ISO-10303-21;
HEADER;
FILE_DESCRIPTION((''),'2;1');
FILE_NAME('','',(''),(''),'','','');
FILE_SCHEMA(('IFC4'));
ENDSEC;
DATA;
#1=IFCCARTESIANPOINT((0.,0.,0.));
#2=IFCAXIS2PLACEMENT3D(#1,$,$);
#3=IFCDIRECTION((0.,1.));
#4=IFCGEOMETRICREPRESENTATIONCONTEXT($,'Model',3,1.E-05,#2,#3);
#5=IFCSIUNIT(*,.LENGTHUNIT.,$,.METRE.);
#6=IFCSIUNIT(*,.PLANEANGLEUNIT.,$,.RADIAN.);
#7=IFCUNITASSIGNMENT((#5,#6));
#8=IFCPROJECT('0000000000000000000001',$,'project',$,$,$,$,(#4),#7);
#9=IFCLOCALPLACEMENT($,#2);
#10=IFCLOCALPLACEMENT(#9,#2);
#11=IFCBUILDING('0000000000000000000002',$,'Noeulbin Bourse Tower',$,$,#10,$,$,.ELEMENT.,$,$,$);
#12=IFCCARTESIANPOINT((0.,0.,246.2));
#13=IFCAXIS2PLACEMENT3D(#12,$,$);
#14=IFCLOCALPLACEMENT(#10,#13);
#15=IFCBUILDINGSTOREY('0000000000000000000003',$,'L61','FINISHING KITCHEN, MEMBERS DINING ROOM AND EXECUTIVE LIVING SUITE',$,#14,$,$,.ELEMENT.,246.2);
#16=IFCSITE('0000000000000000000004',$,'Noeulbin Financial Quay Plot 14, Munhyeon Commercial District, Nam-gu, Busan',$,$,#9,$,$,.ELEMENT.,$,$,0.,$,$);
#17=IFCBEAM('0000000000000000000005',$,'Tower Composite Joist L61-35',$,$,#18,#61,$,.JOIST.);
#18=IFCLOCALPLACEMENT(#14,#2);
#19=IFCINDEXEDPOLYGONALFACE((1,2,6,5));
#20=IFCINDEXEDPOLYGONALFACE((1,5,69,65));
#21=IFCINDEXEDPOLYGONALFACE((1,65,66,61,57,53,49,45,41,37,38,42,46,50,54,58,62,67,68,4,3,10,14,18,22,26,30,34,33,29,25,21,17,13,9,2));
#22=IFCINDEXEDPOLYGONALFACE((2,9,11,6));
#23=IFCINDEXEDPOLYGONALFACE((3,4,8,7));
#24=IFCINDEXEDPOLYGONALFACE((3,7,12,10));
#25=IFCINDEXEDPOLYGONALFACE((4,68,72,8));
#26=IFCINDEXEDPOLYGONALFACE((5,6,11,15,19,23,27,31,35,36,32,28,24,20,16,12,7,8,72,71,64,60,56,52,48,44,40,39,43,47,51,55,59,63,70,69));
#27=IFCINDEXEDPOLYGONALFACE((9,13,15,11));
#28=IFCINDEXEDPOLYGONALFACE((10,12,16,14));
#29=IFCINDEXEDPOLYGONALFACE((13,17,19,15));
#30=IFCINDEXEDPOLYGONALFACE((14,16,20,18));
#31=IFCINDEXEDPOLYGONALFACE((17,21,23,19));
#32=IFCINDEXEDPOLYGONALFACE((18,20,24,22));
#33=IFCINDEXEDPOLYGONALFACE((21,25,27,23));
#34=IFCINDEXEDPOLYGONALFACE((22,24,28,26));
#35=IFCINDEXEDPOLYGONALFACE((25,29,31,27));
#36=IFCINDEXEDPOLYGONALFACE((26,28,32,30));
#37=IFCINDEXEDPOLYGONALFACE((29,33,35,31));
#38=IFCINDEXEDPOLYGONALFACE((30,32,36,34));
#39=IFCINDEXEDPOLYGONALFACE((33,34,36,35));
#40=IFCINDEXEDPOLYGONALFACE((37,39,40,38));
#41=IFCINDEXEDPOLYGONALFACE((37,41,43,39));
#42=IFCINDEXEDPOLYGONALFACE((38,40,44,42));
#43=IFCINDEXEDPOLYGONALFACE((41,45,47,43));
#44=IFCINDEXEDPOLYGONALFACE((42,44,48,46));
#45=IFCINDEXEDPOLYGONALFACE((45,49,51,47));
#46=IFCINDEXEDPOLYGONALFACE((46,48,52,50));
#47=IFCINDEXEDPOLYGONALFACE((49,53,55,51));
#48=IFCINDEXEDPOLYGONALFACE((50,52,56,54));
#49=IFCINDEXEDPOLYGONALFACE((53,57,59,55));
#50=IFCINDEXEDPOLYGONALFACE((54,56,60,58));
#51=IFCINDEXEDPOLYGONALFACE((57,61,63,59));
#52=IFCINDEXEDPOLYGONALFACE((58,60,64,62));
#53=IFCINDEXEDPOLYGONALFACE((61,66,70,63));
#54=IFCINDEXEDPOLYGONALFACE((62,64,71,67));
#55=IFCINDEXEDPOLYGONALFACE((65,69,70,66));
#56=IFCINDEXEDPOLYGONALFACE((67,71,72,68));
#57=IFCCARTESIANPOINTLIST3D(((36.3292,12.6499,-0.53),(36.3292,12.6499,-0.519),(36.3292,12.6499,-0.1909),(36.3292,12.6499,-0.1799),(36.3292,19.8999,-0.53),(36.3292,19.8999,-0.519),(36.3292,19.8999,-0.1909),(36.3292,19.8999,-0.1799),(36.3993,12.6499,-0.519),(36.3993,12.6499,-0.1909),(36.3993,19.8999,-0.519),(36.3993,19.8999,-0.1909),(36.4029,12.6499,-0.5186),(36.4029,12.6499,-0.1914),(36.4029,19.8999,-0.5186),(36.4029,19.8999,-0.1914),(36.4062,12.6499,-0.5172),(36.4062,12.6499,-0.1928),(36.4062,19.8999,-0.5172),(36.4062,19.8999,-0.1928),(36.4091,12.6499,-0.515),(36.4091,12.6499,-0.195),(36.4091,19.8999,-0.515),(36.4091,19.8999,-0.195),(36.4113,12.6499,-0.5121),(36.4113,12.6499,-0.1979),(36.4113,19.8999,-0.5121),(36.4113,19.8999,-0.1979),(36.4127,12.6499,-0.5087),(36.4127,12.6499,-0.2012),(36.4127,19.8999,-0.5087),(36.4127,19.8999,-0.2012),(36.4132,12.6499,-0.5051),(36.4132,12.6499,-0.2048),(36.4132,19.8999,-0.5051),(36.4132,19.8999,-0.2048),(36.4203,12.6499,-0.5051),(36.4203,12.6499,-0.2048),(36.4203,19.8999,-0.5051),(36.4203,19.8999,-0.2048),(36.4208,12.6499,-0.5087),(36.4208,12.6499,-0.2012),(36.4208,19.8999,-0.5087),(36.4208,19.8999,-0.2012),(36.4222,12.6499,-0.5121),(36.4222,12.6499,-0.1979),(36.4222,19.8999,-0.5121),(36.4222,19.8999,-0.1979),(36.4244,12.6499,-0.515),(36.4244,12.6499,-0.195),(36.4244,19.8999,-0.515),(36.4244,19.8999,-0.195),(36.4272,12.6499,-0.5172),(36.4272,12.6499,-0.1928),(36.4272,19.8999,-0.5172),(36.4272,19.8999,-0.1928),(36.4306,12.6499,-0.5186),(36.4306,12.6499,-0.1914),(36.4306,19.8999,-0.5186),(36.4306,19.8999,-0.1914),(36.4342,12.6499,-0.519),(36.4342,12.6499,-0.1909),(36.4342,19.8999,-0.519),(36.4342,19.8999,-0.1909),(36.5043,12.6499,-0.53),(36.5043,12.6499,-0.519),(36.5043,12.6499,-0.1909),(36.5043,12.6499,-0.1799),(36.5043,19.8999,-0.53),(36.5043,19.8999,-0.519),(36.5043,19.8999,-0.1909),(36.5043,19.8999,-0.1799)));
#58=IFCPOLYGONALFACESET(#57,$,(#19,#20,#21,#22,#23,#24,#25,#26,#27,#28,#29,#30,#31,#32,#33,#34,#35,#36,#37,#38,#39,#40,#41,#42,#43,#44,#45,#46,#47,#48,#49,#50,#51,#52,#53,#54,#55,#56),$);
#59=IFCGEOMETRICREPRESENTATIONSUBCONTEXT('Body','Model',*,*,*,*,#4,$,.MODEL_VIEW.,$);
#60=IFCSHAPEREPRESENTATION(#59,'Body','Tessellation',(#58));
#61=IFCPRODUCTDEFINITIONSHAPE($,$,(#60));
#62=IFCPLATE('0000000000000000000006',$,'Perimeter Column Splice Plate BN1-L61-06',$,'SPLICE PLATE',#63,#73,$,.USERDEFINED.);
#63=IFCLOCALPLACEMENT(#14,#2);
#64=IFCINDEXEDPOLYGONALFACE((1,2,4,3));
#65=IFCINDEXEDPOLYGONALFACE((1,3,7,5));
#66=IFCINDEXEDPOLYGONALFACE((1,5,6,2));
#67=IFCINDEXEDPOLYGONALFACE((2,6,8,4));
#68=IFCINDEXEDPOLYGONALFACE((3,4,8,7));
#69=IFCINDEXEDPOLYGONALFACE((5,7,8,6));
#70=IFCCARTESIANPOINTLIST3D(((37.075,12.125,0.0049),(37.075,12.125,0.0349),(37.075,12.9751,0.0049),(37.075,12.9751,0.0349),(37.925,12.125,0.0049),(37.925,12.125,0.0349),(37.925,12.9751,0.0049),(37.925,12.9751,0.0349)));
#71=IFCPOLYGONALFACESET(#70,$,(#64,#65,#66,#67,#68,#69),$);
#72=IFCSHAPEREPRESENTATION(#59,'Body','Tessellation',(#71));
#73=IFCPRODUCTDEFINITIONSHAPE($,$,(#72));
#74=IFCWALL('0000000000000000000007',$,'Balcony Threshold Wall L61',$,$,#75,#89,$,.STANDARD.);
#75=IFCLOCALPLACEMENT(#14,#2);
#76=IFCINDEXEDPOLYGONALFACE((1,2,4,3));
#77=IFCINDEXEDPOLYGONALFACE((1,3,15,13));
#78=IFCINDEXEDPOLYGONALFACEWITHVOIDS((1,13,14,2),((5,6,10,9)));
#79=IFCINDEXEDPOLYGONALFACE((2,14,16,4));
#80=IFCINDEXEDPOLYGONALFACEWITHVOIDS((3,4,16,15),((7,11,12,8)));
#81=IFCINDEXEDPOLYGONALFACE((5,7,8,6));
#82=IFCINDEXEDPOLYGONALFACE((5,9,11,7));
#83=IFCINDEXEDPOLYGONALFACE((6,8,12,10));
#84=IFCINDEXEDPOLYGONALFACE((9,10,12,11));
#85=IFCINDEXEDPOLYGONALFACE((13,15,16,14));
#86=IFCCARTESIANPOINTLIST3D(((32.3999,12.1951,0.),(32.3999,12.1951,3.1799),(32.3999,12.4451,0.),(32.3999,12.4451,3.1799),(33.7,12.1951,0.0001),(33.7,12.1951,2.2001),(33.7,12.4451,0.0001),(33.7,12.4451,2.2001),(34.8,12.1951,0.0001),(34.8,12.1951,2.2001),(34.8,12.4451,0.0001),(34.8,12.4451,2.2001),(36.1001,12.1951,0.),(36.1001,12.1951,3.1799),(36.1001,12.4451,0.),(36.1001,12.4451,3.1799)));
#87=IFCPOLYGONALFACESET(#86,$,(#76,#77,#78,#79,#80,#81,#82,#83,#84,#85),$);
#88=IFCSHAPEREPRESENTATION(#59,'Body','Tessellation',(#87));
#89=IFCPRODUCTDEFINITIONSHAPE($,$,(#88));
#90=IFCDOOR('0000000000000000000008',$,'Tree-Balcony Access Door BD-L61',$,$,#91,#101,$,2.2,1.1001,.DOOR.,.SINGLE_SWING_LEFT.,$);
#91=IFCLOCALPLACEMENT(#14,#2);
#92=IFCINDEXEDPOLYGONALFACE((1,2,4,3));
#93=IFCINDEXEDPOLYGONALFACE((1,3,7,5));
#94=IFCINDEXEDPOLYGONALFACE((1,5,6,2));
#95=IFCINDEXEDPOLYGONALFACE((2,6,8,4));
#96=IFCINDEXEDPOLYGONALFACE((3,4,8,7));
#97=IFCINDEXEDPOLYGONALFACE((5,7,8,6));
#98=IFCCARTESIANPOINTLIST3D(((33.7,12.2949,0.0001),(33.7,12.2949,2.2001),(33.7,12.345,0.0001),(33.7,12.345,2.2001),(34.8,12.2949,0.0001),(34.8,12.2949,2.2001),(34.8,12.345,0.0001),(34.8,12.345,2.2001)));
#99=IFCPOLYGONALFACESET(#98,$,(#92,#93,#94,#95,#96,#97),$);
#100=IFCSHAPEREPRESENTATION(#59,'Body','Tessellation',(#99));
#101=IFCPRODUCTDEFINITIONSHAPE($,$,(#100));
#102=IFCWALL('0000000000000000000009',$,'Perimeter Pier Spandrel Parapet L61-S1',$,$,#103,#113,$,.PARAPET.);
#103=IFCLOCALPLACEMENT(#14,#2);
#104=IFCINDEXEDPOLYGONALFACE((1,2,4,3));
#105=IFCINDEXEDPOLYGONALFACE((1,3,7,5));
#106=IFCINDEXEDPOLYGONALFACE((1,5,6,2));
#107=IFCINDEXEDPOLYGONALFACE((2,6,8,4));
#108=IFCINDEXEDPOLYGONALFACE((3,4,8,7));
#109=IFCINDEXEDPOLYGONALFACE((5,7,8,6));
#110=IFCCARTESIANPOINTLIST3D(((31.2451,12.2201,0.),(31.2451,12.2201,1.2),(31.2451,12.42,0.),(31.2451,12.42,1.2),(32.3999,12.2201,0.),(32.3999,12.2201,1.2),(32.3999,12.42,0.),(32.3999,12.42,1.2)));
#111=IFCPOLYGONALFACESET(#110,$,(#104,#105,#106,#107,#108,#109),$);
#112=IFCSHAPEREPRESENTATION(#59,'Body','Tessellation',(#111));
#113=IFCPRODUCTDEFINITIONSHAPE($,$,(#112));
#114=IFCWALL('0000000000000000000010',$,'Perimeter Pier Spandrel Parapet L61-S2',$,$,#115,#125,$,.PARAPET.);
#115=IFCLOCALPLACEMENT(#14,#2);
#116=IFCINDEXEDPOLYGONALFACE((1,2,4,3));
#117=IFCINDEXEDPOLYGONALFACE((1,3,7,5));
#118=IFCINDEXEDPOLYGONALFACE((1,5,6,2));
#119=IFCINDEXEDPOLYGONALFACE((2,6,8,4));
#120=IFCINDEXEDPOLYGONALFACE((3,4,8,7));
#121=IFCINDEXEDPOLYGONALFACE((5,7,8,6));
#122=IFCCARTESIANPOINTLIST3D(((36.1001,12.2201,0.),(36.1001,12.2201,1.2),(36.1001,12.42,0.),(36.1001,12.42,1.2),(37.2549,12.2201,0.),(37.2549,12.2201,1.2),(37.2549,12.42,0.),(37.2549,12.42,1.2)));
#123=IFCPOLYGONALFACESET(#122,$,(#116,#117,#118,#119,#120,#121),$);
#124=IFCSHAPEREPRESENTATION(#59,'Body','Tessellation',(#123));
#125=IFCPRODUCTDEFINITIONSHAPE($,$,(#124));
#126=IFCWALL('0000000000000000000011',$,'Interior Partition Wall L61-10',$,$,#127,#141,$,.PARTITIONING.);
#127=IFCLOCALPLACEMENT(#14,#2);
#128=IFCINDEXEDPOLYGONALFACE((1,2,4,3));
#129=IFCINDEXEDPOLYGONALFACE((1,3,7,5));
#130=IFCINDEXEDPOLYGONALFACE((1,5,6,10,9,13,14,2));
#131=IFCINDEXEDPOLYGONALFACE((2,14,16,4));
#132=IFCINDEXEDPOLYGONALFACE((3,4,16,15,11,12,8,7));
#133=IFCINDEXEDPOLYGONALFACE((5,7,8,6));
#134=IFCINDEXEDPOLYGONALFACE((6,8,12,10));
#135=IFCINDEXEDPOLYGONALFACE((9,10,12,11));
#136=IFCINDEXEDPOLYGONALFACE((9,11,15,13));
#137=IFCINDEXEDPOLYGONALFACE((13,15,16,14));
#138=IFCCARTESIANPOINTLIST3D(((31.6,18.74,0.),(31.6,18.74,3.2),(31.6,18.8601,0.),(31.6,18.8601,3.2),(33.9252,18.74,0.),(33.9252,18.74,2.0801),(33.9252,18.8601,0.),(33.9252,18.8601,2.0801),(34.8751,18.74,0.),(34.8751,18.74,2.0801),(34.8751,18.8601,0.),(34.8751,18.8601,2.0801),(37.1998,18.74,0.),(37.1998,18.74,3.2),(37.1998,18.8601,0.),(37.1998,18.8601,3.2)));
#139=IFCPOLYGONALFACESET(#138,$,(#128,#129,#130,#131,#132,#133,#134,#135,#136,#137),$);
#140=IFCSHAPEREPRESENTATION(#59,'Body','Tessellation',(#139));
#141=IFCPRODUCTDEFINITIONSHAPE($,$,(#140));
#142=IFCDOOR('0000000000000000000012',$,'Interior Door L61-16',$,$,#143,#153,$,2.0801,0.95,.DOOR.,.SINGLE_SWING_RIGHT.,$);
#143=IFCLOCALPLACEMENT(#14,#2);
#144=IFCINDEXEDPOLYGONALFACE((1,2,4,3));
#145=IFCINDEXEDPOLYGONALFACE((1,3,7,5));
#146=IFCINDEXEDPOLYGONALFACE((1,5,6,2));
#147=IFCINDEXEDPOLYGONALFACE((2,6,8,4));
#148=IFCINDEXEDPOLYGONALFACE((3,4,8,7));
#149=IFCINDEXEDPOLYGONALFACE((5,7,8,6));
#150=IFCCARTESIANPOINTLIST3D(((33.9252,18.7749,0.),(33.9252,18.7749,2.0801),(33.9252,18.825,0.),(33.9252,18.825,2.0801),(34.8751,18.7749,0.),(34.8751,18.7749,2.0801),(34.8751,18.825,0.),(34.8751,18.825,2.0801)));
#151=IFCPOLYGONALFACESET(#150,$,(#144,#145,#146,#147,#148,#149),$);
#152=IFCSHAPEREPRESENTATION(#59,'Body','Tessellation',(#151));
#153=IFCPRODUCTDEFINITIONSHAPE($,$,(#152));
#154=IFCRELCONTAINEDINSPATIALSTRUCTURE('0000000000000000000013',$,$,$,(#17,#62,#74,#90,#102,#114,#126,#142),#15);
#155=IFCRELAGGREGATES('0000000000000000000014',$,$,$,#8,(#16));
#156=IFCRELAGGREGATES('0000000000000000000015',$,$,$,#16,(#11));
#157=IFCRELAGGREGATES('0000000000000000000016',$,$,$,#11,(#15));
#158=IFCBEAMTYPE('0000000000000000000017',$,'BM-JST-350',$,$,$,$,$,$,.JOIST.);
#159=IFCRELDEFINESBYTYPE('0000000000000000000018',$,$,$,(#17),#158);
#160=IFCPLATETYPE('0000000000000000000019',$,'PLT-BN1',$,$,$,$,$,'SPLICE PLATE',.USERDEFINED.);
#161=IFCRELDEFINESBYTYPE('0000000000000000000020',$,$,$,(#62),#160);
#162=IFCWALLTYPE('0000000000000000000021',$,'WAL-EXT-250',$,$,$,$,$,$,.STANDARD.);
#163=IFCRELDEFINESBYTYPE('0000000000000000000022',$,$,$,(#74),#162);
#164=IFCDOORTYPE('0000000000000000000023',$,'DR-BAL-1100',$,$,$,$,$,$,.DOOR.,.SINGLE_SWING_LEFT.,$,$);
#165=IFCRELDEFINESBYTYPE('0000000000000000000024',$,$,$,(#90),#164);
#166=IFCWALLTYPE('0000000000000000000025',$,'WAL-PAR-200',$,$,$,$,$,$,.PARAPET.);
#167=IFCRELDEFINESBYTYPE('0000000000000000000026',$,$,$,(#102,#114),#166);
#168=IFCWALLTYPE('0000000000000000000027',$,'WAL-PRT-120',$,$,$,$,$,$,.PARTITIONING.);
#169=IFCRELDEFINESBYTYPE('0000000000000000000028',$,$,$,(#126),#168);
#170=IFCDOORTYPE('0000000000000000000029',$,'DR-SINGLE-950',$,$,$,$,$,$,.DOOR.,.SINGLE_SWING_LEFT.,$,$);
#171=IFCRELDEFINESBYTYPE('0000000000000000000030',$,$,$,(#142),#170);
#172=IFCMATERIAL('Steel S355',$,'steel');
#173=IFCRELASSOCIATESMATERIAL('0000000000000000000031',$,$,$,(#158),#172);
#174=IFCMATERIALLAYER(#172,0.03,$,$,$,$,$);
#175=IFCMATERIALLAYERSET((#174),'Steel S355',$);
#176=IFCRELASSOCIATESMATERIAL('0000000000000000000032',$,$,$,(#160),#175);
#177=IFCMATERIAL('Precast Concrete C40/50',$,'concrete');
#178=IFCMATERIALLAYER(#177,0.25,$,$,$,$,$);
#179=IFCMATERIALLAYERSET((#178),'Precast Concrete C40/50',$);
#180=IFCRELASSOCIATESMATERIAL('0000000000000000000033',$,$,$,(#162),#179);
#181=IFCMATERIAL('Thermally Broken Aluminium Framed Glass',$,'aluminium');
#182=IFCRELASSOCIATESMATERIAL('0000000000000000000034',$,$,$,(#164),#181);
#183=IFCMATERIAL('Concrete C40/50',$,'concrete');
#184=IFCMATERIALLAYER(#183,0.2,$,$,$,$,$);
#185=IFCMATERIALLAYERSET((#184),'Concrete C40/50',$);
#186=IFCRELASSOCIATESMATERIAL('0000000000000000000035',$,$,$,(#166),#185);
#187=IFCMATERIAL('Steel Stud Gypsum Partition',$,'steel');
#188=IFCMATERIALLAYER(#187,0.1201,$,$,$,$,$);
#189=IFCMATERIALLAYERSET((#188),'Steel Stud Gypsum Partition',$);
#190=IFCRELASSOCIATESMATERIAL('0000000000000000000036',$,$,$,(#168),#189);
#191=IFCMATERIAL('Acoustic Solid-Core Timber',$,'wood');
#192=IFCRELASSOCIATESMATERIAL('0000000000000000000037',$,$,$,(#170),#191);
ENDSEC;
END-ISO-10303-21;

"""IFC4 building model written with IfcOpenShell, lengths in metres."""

from ifc_helpers import new_model, si_unit, direction, frame, frame_2d, origin, origin_2d, place, context, subcontext, project, spatial, rectangle, i_section, extrude, material, layer, layer_set, material_profile, profile_set, type_object, element, fill, save


model = new_model("IFC4")

# Units and contexts
model_context = context("Model", 3, precision=1e-05, world=origin(), true_north=direction((0.0, 1.0)))
body_context = subcontext(model_context, "Body", "Model", "MODEL_VIEW")
ifc_project = project(units=[si_unit("LENGTHUNIT", "METRE"), si_unit("PLANEANGLEUNIT", "RADIAN")], contexts=[model_context])

# Site, building, storey
site_placement = place(None, origin())
site = spatial("IfcSite", under=ifc_project, at=site_placement, Name="Noeulbin Financial Quay Plot 14, Munhyeon Commercial District, Nam-gu, Busan", CompositionType="ELEMENT", RefElevation=0.0)
building_placement = place(site_placement, origin())
building = spatial("IfcBuilding", under=site, at=building_placement, Name="Noeulbin Bourse Tower", CompositionType="ELEMENT")
storey_placement = place(building_placement, frame((0.0, 0.0, 246.2)))
storey = spatial("IfcBuildingStorey", under=building, at=storey_placement, Name="L61", Description="FINISHING KITCHEN, MEMBERS DINING ROOM AND EXECUTIVE LIVING SUITE", CompositionType="ELEMENT", Elevation=246.2)

# Shared definitions
ifc_material_1 = material(Name="Steel S355", Category="steel")

# Beam
ifc_material_profile_1 = material_profile(ifc_material_1, i_section(OverallWidth=0.175, OverallDepth=0.3501, WebThickness=0.0071, FlangeThickness=0.011, FilletRadius=0.0139, at=origin_2d()), Name="H-350x175x7x11", Category="LoadBearing")
ifc_profile_set_1 = profile_set([ifc_material_profile_1], Name="Steel S355")
beam_type_1 = type_object("IfcBeamType", Name="BM-JST-350", PredefinedType="JOIST", material=ifc_profile_set_1)
for number, where, z_axis, x_axis, name in (
    (1, (36.4167, 12.6499, -0.355), (0.0, 1.0, 0.0), (-1.0, 0.0, 0.0), "Tower Composite Joist L61-35"),
):
    element("IfcBeam", number, at=place(storey_placement, frame(where, z_axis=z_axis, x_axis=x_axis)), inside=storey, type_object=beam_type_1, Name=name, PredefinedType="JOIST", context=body_context, shape_type="SweptSolid", body=[
        extrude(i_section(OverallWidth=0.175, OverallDepth=0.3501, WebThickness=0.0071, FlangeThickness=0.011, FilletRadius=0.0139, at=origin_2d()), origin(), (0.0, 0.0, 1.0), 7.25),
    ])

# Plate
ifc_layer_1 = layer(ifc_material_1, 0.03)
ifc_layer_set_1 = layer_set([ifc_layer_1], Name="Steel S355")
plate_type = type_object("IfcPlateType", Name="PLT-BN1", ElementType="SPLICE PLATE", PredefinedType="USERDEFINED", material=ifc_layer_set_1)
plate_placement = place(storey_placement, frame((37.5, 12.55, 0.0049), z_axis=(0.0, 0.0, 1.0), x_axis=(1.0, 0.0, 0.0)))
element("IfcPlate", 2, at=plate_placement, inside=storey, type_object=plate_type, Name="Perimeter Column Splice Plate BN1-L61-06", ObjectType="SPLICE PLATE", PredefinedType="USERDEFINED", context=body_context, shape_type="SweptSolid", body=[
    extrude(rectangle(XDim=0.8501, YDim=0.8501, at=origin_2d()), origin(), (0.0, 0.0, 1.0), 0.03),
])

# Wall, opening, door
ifc_material_2 = material(Name="Precast Concrete C40/50", Category="concrete")
ifc_layer_2 = layer(ifc_material_2, 0.25)
ifc_layer_set_2 = layer_set([ifc_layer_2], Name="Precast Concrete C40/50")
wall_type_1 = type_object("IfcWallType", Name="WAL-EXT-250", PredefinedType="STANDARD", material=ifc_layer_set_2)
wall_1_placement = place(storey_placement, frame((32.3999, 12.3201, 0.0), z_axis=(0.0, 0.0, 1.0), x_axis=(1.0, 0.0, 0.0)))
wall_1 = element("IfcWall", 3, at=wall_1_placement, inside=storey, type_object=wall_type_1, Name="Balcony Threshold Wall L61", PredefinedType="STANDARD", context=body_context, shape_type="SweptSolid", body=[
    extrude(rectangle(XDim=3.7002, YDim=0.25, at=frame_2d((1.8501, 0.0))), origin(), (0.0, 0.0, 1.0), 3.1799),
])
opening_1_placement = place(wall_1_placement, frame((1.3, 0.0, 0.0)))
opening_1 = element("IfcOpeningElement", 4, at=opening_1_placement, cuts=wall_1, PredefinedType="OPENING", context=body_context, shape_type="SweptSolid", body=[
    extrude(rectangle(XDim=1.1001, YDim=2.2, at=frame_2d((0.55, 1.1001))), frame((0.0, 0.135, 0.0), z_axis=(0.0, -1.0, 0.0), x_axis=(1.0, 0.0, 0.0)), (0.0, 0.0, 1.0), 0.27),
])
ifc_material_3 = material(Name="Thermally Broken Aluminium Framed Glass", Category="aluminium")
door_type_1 = type_object("IfcDoorType", Name="DR-BAL-1100", OperationType="SINGLE_SWING_LEFT", PredefinedType="DOOR", material=ifc_material_3)
door_1_placement = place(opening_1_placement, origin())
door_1 = element("IfcDoor", 5, at=door_1_placement, inside=storey, type_object=door_type_1, Name="Tree-Balcony Access Door BD-L61", OperationType="SINGLE_SWING_LEFT", OverallHeight=2.2, OverallWidth=1.1001, PredefinedType="DOOR", context=body_context, shape_type="SweptSolid", body=[
    extrude(rectangle(XDim=1.1001, YDim=2.2, at=frame_2d((0.55, 1.1001))), frame((0.0, 0.0249, 0.0), z_axis=(0.0, -1.0, 0.0), x_axis=(1.0, 0.0, 0.0)), (0.0, 0.0, 1.0), 0.05),
])
fill(opening_1, door_1)

# Walls
ifc_material_4 = material(Name="Concrete C40/50", Category="concrete")
ifc_layer_3 = layer(ifc_material_4, 0.2)
ifc_layer_set_3 = layer_set([ifc_layer_3], Name="Concrete C40/50")
wall_type_2 = type_object("IfcWallType", Name="WAL-PAR-200", PredefinedType="PARAPET", material=ifc_layer_set_3)
for number, where, z_axis, x_axis, name in (
    (6, (31.2451, 12.3201, 0.0), (0.0, 0.0, 1.0), (1.0, 0.0, 0.0), "Perimeter Pier Spandrel Parapet L61-S1"),
    (7, (36.1001, 12.3201, 0.0), (0.0, 0.0, 1.0), (1.0, 0.0, 0.0), "Perimeter Pier Spandrel Parapet L61-S2"),
):
    element("IfcWall", number, at=place(storey_placement, frame(where, z_axis=z_axis, x_axis=x_axis)), inside=storey, type_object=wall_type_2, Name=name, PredefinedType="PARAPET", context=body_context, shape_type="SweptSolid", body=[
        extrude(rectangle(XDim=1.1548, YDim=0.2, at=frame_2d((0.5774, 0.0))), origin(), (0.0, 0.0, 1.0), 1.2),
    ])

# Wall, opening, door
ifc_material_5 = material(Name="Steel Stud Gypsum Partition", Category="steel")
ifc_layer_4 = layer(ifc_material_5, 0.1201)
ifc_layer_set_4 = layer_set([ifc_layer_4], Name="Steel Stud Gypsum Partition")
wall_type_3 = type_object("IfcWallType", Name="WAL-PRT-120", PredefinedType="PARTITIONING", material=ifc_layer_set_4)
wall_2_placement = place(storey_placement, frame((31.6001, 18.8, 0.0), z_axis=(0.0, 0.0, 1.0), x_axis=(1.0, 0.0, 0.0)))
wall_2 = element("IfcWall", 8, at=wall_2_placement, inside=storey, type_object=wall_type_3, Name="Interior Partition Wall L61-10", PredefinedType="PARTITIONING", context=body_context, shape_type="SweptSolid", body=[
    extrude(rectangle(XDim=5.5999, YDim=0.1201, at=frame_2d((2.7998, 0.0))), origin(), (0.0, 0.0, 1.0), 3.2),
])
opening_2_placement = place(wall_2_placement, frame((2.325, 0.0, 0.0)))
opening_2 = element("IfcOpeningElement", 9, at=opening_2_placement, cuts=wall_2, PredefinedType="OPENING", context=body_context, shape_type="SweptSolid", body=[
    extrude(rectangle(XDim=0.95, YDim=2.0801, at=frame_2d((0.4751, 1.04))), frame((0.0, 0.0701, 0.0), z_axis=(0.0, -1.0, 0.0), x_axis=(1.0, 0.0, 0.0)), (0.0, 0.0, 1.0), 0.1401),
])
ifc_material_6 = material(Name="Acoustic Solid-Core Timber", Category="wood")
door_type_2 = type_object("IfcDoorType", Name="DR-SINGLE-950", OperationType="SINGLE_SWING_LEFT", PredefinedType="DOOR", material=ifc_material_6)
door_2_placement = place(opening_2_placement, origin())
door_2 = element("IfcDoor", 10, at=door_2_placement, inside=storey, type_object=door_type_2, Name="Interior Door L61-16", OperationType="SINGLE_SWING_RIGHT", OverallHeight=2.0801, OverallWidth=0.95, PredefinedType="DOOR", context=body_context, shape_type="SweptSolid", body=[
    extrude(rectangle(XDim=0.95, YDim=2.0801, at=frame_2d((0.4751, 1.04))), frame((0.0, 0.0249, 0.0), z_axis=(0.0, -1.0, 0.0), x_axis=(1.0, 0.0, 0.0)), (0.0, 0.0, 1.0), 0.05),
])
fill(opening_2, door_2)

save(model, "model.ifc")
